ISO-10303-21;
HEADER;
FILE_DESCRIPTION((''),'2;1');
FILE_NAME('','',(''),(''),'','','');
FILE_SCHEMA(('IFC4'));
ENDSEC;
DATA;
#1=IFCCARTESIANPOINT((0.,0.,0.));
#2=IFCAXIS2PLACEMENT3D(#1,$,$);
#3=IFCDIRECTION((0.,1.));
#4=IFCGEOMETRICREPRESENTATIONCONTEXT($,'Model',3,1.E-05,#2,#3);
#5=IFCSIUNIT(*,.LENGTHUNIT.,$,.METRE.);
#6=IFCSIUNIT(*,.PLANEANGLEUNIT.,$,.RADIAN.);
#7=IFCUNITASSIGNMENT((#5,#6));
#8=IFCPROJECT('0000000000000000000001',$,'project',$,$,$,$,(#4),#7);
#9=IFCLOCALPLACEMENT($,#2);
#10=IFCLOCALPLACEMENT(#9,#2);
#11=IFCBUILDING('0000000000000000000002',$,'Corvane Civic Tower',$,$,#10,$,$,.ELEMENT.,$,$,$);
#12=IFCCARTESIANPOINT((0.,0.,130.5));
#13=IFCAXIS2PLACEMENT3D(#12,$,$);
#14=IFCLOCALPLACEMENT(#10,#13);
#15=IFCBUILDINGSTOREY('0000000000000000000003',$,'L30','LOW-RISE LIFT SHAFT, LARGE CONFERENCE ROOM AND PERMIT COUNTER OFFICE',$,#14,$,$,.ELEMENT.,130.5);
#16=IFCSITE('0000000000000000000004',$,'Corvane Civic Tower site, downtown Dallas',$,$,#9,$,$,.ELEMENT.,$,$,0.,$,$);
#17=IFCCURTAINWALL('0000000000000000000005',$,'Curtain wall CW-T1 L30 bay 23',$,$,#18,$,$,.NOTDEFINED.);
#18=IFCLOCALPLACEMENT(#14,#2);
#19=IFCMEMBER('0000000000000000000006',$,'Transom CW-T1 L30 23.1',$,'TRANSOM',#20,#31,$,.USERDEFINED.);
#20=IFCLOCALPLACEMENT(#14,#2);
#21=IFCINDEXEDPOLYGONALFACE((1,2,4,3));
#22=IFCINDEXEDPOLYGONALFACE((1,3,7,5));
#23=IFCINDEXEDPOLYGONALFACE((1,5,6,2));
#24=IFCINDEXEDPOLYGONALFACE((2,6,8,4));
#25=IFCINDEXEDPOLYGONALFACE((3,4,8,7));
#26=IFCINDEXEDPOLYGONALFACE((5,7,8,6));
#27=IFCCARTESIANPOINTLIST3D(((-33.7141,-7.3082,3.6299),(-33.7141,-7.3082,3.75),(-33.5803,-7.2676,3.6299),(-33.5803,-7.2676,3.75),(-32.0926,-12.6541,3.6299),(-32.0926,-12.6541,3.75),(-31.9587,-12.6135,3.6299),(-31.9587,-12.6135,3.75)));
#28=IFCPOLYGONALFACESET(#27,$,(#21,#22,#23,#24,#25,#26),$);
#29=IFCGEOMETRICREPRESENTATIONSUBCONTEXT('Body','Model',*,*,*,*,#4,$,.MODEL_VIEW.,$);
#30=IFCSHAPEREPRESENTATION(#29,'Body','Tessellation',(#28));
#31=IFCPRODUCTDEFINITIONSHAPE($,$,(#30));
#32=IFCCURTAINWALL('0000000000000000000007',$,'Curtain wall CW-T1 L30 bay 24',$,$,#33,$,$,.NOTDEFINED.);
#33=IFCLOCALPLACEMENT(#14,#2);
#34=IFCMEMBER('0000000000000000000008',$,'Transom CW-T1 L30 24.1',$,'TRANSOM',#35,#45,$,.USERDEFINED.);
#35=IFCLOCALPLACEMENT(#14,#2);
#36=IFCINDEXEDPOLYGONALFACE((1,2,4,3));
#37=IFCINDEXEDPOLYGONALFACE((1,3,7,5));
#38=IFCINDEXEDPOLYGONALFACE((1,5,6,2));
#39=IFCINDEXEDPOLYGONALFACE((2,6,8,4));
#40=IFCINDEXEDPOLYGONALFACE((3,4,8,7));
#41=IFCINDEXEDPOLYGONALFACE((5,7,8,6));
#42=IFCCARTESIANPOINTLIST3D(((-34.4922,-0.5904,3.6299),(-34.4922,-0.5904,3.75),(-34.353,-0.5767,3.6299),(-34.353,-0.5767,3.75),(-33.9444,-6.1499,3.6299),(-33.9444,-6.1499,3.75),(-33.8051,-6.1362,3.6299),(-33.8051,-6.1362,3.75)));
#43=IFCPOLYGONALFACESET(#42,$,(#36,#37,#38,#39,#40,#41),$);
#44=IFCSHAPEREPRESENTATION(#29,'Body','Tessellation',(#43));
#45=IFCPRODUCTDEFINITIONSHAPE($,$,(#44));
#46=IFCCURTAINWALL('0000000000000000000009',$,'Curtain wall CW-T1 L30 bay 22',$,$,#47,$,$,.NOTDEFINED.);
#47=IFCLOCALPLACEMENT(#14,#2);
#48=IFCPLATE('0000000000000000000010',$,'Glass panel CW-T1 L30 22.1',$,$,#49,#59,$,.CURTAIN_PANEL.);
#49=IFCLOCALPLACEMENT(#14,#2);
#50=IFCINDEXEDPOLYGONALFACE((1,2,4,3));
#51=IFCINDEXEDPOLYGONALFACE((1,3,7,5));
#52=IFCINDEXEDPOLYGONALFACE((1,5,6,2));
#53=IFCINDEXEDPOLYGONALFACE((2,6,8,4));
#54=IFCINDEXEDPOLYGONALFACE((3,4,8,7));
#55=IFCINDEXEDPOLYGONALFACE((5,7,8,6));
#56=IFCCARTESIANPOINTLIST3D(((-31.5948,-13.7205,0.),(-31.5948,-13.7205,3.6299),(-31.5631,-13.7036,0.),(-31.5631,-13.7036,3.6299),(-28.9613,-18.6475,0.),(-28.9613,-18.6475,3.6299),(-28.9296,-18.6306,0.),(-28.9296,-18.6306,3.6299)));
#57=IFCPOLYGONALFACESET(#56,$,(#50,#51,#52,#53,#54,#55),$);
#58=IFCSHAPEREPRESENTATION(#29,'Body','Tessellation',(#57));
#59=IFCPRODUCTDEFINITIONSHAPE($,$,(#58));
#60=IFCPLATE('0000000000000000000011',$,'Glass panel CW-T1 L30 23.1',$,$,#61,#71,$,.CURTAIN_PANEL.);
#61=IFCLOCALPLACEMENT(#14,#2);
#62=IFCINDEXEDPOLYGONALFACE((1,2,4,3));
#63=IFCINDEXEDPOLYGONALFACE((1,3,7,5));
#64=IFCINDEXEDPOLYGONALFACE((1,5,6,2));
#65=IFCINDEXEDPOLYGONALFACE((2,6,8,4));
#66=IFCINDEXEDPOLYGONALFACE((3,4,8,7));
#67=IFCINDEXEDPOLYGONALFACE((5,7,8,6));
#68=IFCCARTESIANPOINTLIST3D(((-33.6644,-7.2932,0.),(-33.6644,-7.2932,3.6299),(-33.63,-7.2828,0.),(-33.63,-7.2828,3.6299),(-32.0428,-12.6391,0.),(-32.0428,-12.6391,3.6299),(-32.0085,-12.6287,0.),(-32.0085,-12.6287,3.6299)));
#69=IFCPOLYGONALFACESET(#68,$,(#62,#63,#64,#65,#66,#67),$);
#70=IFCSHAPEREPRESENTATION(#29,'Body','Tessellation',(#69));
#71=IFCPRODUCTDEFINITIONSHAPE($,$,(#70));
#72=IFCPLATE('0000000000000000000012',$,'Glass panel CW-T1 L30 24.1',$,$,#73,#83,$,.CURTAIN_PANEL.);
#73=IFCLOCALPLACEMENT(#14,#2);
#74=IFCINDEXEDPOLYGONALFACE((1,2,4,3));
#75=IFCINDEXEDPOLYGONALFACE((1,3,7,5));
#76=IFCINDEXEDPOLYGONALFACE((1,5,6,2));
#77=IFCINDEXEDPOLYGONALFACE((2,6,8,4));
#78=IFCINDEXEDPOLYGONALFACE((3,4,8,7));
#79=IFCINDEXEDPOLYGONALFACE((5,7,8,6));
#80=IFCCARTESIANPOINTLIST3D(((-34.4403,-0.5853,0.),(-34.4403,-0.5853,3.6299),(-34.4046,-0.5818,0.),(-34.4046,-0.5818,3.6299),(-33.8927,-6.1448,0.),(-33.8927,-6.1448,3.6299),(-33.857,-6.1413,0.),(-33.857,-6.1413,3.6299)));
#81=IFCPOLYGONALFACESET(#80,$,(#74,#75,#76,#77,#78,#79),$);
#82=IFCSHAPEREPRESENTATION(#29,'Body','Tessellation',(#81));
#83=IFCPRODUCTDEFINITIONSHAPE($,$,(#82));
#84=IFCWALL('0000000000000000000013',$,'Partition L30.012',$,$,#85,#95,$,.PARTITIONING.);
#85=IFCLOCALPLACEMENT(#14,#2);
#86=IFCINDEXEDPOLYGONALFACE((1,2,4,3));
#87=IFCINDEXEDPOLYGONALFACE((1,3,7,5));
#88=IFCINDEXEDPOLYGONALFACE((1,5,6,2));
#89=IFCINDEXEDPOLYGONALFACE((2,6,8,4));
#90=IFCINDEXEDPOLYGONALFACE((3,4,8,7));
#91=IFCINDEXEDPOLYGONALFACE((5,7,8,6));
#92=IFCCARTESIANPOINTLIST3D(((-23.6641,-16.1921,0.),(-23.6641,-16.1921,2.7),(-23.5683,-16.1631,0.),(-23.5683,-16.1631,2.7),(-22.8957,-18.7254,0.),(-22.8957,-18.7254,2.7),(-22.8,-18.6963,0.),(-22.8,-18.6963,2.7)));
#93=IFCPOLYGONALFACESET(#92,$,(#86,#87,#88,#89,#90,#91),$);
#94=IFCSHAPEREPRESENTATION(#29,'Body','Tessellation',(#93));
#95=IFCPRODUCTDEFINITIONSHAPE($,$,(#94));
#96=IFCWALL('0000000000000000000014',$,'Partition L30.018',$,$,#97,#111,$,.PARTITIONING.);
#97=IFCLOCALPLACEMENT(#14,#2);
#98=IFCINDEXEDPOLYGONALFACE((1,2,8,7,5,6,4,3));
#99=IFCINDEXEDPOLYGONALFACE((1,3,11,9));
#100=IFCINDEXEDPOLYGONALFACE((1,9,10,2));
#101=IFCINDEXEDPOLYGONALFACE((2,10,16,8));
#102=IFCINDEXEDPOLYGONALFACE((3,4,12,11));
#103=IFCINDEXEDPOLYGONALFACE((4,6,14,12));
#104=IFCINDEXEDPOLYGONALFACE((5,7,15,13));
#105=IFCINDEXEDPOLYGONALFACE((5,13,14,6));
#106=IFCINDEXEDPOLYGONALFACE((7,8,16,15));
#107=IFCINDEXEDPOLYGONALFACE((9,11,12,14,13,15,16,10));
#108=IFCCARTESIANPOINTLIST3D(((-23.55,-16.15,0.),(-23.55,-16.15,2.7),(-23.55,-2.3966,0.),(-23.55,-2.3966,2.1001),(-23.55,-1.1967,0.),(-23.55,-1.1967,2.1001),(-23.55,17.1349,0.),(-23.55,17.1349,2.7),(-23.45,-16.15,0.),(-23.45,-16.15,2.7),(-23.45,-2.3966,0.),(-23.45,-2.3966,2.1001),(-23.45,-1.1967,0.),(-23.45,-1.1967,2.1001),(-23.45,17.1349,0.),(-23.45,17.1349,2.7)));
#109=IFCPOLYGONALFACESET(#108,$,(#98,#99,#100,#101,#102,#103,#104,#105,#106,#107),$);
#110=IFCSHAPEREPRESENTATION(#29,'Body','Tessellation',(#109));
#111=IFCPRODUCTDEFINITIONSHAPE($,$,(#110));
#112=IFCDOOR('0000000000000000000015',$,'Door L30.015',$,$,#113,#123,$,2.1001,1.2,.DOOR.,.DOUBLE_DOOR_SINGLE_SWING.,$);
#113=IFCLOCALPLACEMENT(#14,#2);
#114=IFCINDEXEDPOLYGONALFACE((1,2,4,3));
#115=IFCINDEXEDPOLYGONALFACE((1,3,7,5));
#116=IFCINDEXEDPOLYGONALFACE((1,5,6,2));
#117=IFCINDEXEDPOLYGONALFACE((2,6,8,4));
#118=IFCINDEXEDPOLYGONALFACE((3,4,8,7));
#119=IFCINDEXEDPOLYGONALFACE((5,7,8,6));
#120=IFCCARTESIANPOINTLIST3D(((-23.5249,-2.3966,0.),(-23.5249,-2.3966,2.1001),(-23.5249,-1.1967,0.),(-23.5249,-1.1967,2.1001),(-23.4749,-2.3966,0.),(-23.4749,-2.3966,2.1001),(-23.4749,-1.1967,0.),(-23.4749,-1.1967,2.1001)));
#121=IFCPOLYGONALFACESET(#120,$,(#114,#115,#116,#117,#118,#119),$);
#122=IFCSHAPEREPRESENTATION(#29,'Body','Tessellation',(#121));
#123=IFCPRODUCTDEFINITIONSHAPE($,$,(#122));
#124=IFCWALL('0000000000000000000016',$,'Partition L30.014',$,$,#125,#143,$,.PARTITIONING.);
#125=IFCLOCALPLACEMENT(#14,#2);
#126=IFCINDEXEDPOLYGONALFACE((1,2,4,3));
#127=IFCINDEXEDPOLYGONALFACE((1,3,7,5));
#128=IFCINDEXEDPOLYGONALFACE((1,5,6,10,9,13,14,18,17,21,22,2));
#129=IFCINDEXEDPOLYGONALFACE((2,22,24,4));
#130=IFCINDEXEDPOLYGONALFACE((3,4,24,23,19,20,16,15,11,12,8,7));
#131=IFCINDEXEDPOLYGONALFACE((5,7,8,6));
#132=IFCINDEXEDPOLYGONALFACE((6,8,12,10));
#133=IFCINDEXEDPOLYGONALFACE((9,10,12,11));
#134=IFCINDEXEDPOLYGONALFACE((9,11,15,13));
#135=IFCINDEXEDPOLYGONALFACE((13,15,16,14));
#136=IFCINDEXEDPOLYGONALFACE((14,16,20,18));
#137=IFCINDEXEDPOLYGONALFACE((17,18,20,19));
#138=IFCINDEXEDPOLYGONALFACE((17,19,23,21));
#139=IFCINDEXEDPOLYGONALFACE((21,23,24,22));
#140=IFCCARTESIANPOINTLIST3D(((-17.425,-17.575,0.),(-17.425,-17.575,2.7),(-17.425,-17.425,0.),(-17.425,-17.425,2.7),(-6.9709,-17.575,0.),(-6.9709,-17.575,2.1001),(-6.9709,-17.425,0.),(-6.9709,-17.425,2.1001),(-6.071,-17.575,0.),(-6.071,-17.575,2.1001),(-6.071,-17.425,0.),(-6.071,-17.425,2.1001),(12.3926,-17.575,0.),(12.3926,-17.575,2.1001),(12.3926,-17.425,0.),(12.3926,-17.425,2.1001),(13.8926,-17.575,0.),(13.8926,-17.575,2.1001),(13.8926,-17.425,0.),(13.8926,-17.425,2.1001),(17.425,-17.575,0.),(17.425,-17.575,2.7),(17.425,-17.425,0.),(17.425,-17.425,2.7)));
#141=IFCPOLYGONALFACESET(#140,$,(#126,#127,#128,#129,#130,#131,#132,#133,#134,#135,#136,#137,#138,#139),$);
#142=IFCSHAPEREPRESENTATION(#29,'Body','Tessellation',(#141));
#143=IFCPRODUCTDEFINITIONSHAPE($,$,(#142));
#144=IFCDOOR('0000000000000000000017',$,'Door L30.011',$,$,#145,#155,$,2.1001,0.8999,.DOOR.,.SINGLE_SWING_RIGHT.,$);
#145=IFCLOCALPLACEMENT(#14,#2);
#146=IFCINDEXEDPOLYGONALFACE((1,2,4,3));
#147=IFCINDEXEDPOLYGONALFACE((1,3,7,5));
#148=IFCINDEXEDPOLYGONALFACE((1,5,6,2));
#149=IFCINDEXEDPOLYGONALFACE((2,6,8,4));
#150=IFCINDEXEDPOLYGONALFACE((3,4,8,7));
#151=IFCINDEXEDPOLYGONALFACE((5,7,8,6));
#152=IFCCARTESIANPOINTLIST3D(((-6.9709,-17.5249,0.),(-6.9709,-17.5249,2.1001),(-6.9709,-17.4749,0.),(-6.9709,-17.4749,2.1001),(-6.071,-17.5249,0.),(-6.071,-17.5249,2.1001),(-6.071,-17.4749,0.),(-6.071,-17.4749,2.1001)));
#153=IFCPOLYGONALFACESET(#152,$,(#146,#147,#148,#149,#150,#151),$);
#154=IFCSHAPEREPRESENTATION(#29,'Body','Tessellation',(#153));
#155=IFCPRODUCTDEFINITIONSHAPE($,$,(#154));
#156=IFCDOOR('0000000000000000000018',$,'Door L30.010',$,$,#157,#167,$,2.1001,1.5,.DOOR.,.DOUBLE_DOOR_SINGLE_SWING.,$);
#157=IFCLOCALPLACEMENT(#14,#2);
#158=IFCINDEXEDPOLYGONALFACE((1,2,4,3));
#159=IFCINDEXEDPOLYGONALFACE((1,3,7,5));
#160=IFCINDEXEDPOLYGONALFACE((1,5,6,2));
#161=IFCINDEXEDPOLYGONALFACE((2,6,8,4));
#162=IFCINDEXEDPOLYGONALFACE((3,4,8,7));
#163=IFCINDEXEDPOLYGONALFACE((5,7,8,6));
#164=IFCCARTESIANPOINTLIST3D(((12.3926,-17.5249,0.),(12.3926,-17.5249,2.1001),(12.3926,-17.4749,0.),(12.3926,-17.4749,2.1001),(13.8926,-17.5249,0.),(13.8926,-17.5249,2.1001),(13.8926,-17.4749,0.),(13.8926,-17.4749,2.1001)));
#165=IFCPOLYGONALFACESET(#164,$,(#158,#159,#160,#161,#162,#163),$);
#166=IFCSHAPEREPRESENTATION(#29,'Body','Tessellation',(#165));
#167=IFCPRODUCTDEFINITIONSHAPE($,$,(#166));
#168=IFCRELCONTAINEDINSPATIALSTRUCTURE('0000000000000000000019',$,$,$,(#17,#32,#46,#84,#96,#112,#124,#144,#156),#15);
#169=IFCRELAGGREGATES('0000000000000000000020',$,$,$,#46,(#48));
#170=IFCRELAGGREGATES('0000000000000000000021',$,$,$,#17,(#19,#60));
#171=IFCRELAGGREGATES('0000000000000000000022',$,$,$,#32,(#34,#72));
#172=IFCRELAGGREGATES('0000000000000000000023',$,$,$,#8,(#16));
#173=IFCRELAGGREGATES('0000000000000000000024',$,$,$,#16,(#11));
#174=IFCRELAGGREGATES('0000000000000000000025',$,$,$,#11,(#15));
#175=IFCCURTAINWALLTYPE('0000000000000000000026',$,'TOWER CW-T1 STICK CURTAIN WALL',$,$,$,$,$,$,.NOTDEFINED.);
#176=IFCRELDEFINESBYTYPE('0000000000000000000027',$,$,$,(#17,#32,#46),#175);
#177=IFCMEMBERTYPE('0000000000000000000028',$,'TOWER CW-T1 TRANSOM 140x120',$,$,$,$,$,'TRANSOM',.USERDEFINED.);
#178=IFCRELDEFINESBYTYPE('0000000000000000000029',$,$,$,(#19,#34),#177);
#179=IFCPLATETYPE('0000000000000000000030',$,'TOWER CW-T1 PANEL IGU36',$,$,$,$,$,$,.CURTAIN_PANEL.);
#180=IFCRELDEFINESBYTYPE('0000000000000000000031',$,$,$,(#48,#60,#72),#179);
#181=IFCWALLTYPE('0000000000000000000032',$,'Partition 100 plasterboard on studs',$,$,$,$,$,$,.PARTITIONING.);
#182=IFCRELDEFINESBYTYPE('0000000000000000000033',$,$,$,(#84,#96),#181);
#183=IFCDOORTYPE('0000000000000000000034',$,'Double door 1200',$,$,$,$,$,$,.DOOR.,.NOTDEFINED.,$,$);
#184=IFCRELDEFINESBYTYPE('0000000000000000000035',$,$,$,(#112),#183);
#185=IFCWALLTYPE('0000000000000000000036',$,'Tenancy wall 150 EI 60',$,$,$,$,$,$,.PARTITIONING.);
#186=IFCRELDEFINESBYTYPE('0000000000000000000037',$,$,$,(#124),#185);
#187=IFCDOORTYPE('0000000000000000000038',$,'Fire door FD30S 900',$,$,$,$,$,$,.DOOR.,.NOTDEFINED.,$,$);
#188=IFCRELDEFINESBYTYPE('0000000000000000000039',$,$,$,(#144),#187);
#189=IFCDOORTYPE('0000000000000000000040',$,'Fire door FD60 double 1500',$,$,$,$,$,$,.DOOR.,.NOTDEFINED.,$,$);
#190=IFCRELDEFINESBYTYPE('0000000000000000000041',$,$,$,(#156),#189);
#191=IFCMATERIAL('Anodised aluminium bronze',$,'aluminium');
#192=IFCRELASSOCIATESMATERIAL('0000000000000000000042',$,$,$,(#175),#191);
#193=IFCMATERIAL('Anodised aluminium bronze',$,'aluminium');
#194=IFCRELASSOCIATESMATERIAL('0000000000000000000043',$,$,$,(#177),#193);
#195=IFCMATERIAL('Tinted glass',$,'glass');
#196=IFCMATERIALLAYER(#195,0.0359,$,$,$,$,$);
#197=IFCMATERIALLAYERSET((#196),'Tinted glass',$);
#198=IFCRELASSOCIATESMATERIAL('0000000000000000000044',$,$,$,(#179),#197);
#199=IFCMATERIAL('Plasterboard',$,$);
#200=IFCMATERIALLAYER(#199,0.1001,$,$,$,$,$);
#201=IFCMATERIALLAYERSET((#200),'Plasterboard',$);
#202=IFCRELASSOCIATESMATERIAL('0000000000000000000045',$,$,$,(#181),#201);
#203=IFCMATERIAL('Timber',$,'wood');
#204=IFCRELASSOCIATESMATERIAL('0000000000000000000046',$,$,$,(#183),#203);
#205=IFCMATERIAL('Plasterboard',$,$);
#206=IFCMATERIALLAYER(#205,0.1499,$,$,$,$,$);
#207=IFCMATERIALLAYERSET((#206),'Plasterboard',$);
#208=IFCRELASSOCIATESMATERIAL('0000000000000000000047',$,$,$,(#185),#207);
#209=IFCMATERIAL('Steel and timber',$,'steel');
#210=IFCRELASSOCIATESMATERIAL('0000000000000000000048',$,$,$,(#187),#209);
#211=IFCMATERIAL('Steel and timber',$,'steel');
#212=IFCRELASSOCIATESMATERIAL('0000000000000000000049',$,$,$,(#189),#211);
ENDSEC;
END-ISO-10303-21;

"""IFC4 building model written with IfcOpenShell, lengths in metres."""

from ifc_helpers import new_model, si_unit, direction, frame, frame_2d, origin, origin_2d, place, context, subcontext, project, spatial, rectangle, extrude, material, layer, layer_set, material_profile, profile_set, type_object, element, fill, aggregate, save


model = new_model("IFC4")

# Units and contexts
model_context = context("Model", 3, precision=1e-05, world=origin(), true_north=direction((0.0, 1.0)))
body_context = subcontext(model_context, "Body", "Model", "MODEL_VIEW")
ifc_project = project(units=[si_unit("LENGTHUNIT", "METRE"), si_unit("PLANEANGLEUNIT", "RADIAN")], contexts=[model_context])

# Site, building, storey
site_placement = place(None, origin())
site = spatial("IfcSite", under=ifc_project, at=site_placement, Name="Corvane Civic Tower site, downtown Dallas", CompositionType="ELEMENT", RefElevation=0.0)
building_placement = place(site_placement, origin())
building = spatial("IfcBuilding", under=site, at=building_placement, Name="Corvane Civic Tower", CompositionType="ELEMENT")
storey_placement = place(building_placement, frame((0.0, 0.0, 130.5)))
storey = spatial("IfcBuildingStorey", under=building, at=storey_placement, Name="L30", Description="LOW-RISE LIFT SHAFT, LARGE CONFERENCE ROOM AND PERMIT COUNTER OFFICE", CompositionType="ELEMENT", Elevation=130.5)

# Curtain walls, members
ifc_material_1 = material(Name="Anodised aluminium bronze", Category="aluminium")
curtain_wall_type = type_object("IfcCurtainWallType", Name="TOWER CW-T1 STICK CURTAIN WALL", PredefinedType="NOTDEFINED", material=ifc_material_1)
curtain_wall_1_placement = place(storey_placement, origin())
curtain_wall_1 = element("IfcCurtainWall", 1, at=curtain_wall_1_placement, inside=storey, type_object=curtain_wall_type, Name="Curtain wall CW-T1 L30 bay 23", PredefinedType="NOTDEFINED")
ifc_material_2 = material(Name="Anodised aluminium bronze", Category="aluminium")
ifc_material_profile_1 = material_profile(ifc_material_2, rectangle(XDim=0.1399, YDim=0.1201, at=origin_2d()), Name="TOWER CW-T1 TRANSOM 140x120")
ifc_profile_set_1 = profile_set([ifc_material_profile_1], Name="Anodised aluminium bronze")
member_type = type_object("IfcMemberType", Name="TOWER CW-T1 TRANSOM 140x120", ElementType="TRANSOM", PredefinedType="USERDEFINED", material=ifc_profile_set_1)
member_1_placement = place(storey_placement, frame((-32.0256, -12.6338, 3.6899), z_axis=(-0.290269, 0.956945, 0.0), x_axis=(-0.956945, -0.290269, 0.0)))
member_1 = element("IfcMember", 2, at=member_1_placement, type_object=member_type, Name="Transom CW-T1 L30 23.1", ObjectType="TRANSOM", PredefinedType="USERDEFINED", context=body_context, shape_type="SweptSolid", body=[
    extrude(rectangle(XDim=0.1399, YDim=0.1201, at=origin_2d()), origin(), (0.0, 0.0, 1.0), 5.5864),
])
curtain_wall_2_placement = place(storey_placement, origin())
curtain_wall_2 = element("IfcCurtainWall", 3, at=curtain_wall_2_placement, inside=storey, type_object=curtain_wall_type, Name="Curtain wall CW-T1 L30 bay 24", PredefinedType="NOTDEFINED")
member_2_placement = place(storey_placement, frame((-33.8748, -6.1431, 3.6899), z_axis=(-0.098067, 0.99518, 0.0), x_axis=(-0.99518, -0.098067, 0.0)))
member_2 = element("IfcMember", 4, at=member_2_placement, type_object=member_type, Name="Transom CW-T1 L30 24.1", ObjectType="TRANSOM", PredefinedType="USERDEFINED", context=body_context, shape_type="SweptSolid", body=[
    extrude(rectangle(XDim=0.1399, YDim=0.1201, at=origin_2d()), origin(), (0.0, 0.0, 1.0), 5.5864),
])

# Curtain wall, plate
curtain_wall_3_placement = place(storey_placement, origin())
curtain_wall_3 = element("IfcCurtainWall", 5, at=curtain_wall_3_placement, inside=storey, type_object=curtain_wall_type, Name="Curtain wall CW-T1 L30 bay 22", PredefinedType="NOTDEFINED")
ifc_material_3 = material(Name="Tinted glass", Category="glass")
ifc_layer_1 = layer(ifc_material_3, 0.0359)
ifc_layer_set_1 = layer_set([ifc_layer_1], Name="Tinted glass")
plate_type = type_object("IfcPlateType", Name="TOWER CW-T1 PANEL IGU36", PredefinedType="CURTAIN_PANEL", material=ifc_layer_set_1)
plate_1_placement = place(storey_placement, frame((-30.2622, -16.1755, 0.0), z_axis=(0.0, 0.0, 1.0), x_axis=(-0.471392, 0.881924, 0.0)))
plate_1 = element("IfcPlate", 6, at=plate_1_placement, type_object=plate_type, Name="Glass panel CW-T1 L30 22.1", PredefinedType="CURTAIN_PANEL", context=body_context, shape_type="SweptSolid", body=[
    extrude(rectangle(XDim=5.5867, YDim=0.0359, at=origin_2d()), origin(), (0.0, 0.0, 1.0), 3.6299),
])
aggregate(curtain_wall_3, [plate_1])

# Plates
plate_2_placement = place(storey_placement, frame((-32.8364, -9.9609, 0.0), z_axis=(0.0, 0.0, 1.0), x_axis=(-0.290266, 0.956946, 0.0)))
plate_2 = element("IfcPlate", 7, at=plate_2_placement, type_object=plate_type, Name="Glass panel CW-T1 L30 23.1", PredefinedType="CURTAIN_PANEL", context=body_context, shape_type="SweptSolid", body=[
    extrude(rectangle(XDim=5.5864, YDim=0.0359, at=origin_2d()), origin(), (0.0, 0.0, 1.0), 3.6299),
])
aggregate(curtain_wall_1, [member_1, plate_2])
plate_3_placement = place(storey_placement, frame((-34.1487, -3.3633, 0.0), z_axis=(0.0, 0.0, 1.0), x_axis=(-0.098027, 0.995184, 0.0)))
plate_3 = element("IfcPlate", 8, at=plate_3_placement, type_object=plate_type, Name="Glass panel CW-T1 L30 24.1", PredefinedType="CURTAIN_PANEL", context=body_context, shape_type="SweptSolid", body=[
    extrude(rectangle(XDim=5.5864, YDim=0.0359, at=origin_2d()), origin(), (0.0, 0.0, 1.0), 3.6299),
])
aggregate(curtain_wall_2, [member_2, plate_3])

# Wall
ifc_material_4 = material(Name="Plasterboard")
ifc_layer_2 = layer(ifc_material_4, 0.1001)
ifc_layer_set_2 = layer_set([ifc_layer_2], Name="Plasterboard")
wall_type_1 = type_object("IfcWallType", Name="Partition 100 plasterboard on studs", PredefinedType="PARTITIONING", material=ifc_layer_set_2)
wall_1_placement = place(storey_placement, frame((-23.6162, -16.1775, 0.0), z_axis=(0.0, 0.0, 1.0), x_axis=(0.29024, -0.956954, 0.0)))
element("IfcWall", 9, at=wall_1_placement, inside=storey, type_object=wall_type_1, Name="Partition L30.012", PredefinedType="PARTITIONING", context=body_context, shape_type="SweptSolid", body=[
    extrude(rectangle(XDim=2.6472, YDim=0.1001, at=frame_2d((1.3237, 0.0))), origin(), (0.0, 0.0, 1.0), 2.7),
])

# Wall, opening, door
wall_2_placement = place(storey_placement, frame((-23.5, -16.1501, 0.0), z_axis=(0.0, 0.0, 1.0), x_axis=(0.0, 1.0, 0.0)))
wall_2 = element("IfcWall", 10, at=wall_2_placement, inside=storey, type_object=wall_type_1, Name="Partition L30.018", PredefinedType="PARTITIONING", context=body_context, shape_type="SweptSolid", body=[
    extrude(rectangle(XDim=33.2849, YDim=0.1001, at=frame_2d((16.6426, 0.0))), origin(), (0.0, 0.0, 1.0), 2.7),
])
opening_1_placement = place(wall_2_placement, frame((13.7534, 0.0, 0.0)))
opening_1 = element("IfcOpeningElement", 11, at=opening_1_placement, cuts=wall_2, PredefinedType="OPENING", context=body_context, shape_type="SweptSolid", body=[
    extrude(rectangle(XDim=1.2, YDim=2.1001, at=frame_2d((0.6001, 1.05))), frame((0.0, 0.0601, 0.0), z_axis=(0.0, -1.0, 0.0), x_axis=(1.0, 0.0, 0.0)), (0.0, 0.0, 1.0), 0.1201),
])
ifc_material_5 = material(Name="Timber", Category="wood")
door_type_1 = type_object("IfcDoorType", Name="Double door 1200", OperationType="NOTDEFINED", PredefinedType="DOOR", material=ifc_material_5)
door_1_placement = place(opening_1_placement, origin())
door_1 = element("IfcDoor", 12, at=door_1_placement, inside=storey, type_object=door_type_1, Name="Door L30.015", OperationType="DOUBLE_DOOR_SINGLE_SWING", OverallHeight=2.1001, OverallWidth=1.2, PredefinedType="DOOR", context=body_context, shape_type="SweptSolid", body=[
    extrude(rectangle(XDim=1.2, YDim=2.1001, at=frame_2d((0.6001, 1.05))), frame((0.0, 0.0249, 0.0), z_axis=(0.0, -1.0, 0.0), x_axis=(1.0, 0.0, 0.0)), (0.0, 0.0, 1.0), 0.05),
])
fill(opening_1, door_1)

# Wall, openings, doors
ifc_material_6 = material(Name="Plasterboard")
ifc_layer_3 = layer(ifc_material_6, 0.1499)
ifc_layer_set_3 = layer_set([ifc_layer_3], Name="Plasterboard")
wall_type_2 = type_object("IfcWallType", Name="Tenancy wall 150 EI 60", PredefinedType="PARTITIONING", material=ifc_layer_set_3)
wall_3_placement = place(storey_placement, frame((-17.425, -17.5, 0.0), z_axis=(0.0, 0.0, 1.0), x_axis=(1.0, 0.0, 0.0)))
wall_3 = element("IfcWall", 13, at=wall_3_placement, inside=storey, type_object=wall_type_2, Name="Partition L30.014", PredefinedType="PARTITIONING", context=body_context, shape_type="SweptSolid", body=[
    extrude(rectangle(XDim=34.8501, YDim=0.1499, at=frame_2d((17.425, 0.0))), origin(), (0.0, 0.0, 1.0), 2.7),
])
opening_2_placement = place(wall_3_placement, frame((29.8176, 0.0, 0.0)))
opening_2 = element("IfcOpeningElement", 14, at=opening_2_placement, cuts=wall_3, PredefinedType="OPENING", context=body_context, shape_type="SweptSolid", body=[
    extrude(rectangle(XDim=1.5, YDim=2.1001, at=frame_2d((0.75, 1.05))), frame((0.0, 0.085, 0.0), z_axis=(0.0, -1.0, 0.0), x_axis=(1.0, 0.0, 0.0)), (0.0, 0.0, 1.0), 0.1699),
])
opening_3_placement = place(wall_3_placement, frame((10.4541, 0.0, 0.0)))
opening_3 = element("IfcOpeningElement", 15, at=opening_3_placement, cuts=wall_3, PredefinedType="OPENING", context=body_context, shape_type="SweptSolid", body=[
    extrude(rectangle(XDim=0.8999, YDim=2.1001, at=frame_2d((0.45, 1.05))), frame((0.0, 0.085, 0.0), z_axis=(0.0, -1.0, 0.0), x_axis=(1.0, 0.0, 0.0)), (0.0, 0.0, 1.0), 0.1699),
])
ifc_material_7 = material(Name="Steel and timber", Category="steel")
door_type_2 = type_object("IfcDoorType", Name="Fire door FD30S 900", OperationType="NOTDEFINED", PredefinedType="DOOR", material=ifc_material_7)
door_2_placement = place(opening_3_placement, frame((0.8999, 0.0, 0.0), z_axis=(0.0, 0.0, 1.0), x_axis=(-1.0, 0.0, 0.0)))
door_2 = element("IfcDoor", 16, at=door_2_placement, inside=storey, type_object=door_type_2, Name="Door L30.011", OperationType="SINGLE_SWING_RIGHT", OverallHeight=2.1001, OverallWidth=0.8999, PredefinedType="DOOR", context=body_context, shape_type="SweptSolid", body=[
    extrude(rectangle(XDim=0.8999, YDim=2.1001, at=frame_2d((0.45, 1.05))), frame((0.0, 0.0249, 0.0), z_axis=(0.0, -1.0, 0.0), x_axis=(1.0, 0.0, 0.0)), (0.0, 0.0, 1.0), 0.05),
])
fill(opening_3, door_2)
ifc_material_8 = material(Name="Steel and timber", Category="steel")
door_type_3 = type_object("IfcDoorType", Name="Fire door FD60 double 1500", OperationType="NOTDEFINED", PredefinedType="DOOR", material=ifc_material_8)
door_3_placement = place(opening_2_placement, frame((1.5, 0.0, 0.0), z_axis=(0.0, 0.0, 1.0), x_axis=(-1.0, 0.0, 0.0)))
door_3 = element("IfcDoor", 17, at=door_3_placement, inside=storey, type_object=door_type_3, Name="Door L30.010", OperationType="DOUBLE_DOOR_SINGLE_SWING", OverallHeight=2.1001, OverallWidth=1.5, PredefinedType="DOOR", context=body_context, shape_type="SweptSolid", body=[
    extrude(rectangle(XDim=1.5, YDim=2.1001, at=frame_2d((0.75, 1.05))), frame((0.0, 0.0249, 0.0), z_axis=(0.0, -1.0, 0.0), x_axis=(1.0, 0.0, 0.0)), (0.0, 0.0, 1.0), 0.05),
])
fill(opening_2, door_3)

save(model, "model.ifc")
